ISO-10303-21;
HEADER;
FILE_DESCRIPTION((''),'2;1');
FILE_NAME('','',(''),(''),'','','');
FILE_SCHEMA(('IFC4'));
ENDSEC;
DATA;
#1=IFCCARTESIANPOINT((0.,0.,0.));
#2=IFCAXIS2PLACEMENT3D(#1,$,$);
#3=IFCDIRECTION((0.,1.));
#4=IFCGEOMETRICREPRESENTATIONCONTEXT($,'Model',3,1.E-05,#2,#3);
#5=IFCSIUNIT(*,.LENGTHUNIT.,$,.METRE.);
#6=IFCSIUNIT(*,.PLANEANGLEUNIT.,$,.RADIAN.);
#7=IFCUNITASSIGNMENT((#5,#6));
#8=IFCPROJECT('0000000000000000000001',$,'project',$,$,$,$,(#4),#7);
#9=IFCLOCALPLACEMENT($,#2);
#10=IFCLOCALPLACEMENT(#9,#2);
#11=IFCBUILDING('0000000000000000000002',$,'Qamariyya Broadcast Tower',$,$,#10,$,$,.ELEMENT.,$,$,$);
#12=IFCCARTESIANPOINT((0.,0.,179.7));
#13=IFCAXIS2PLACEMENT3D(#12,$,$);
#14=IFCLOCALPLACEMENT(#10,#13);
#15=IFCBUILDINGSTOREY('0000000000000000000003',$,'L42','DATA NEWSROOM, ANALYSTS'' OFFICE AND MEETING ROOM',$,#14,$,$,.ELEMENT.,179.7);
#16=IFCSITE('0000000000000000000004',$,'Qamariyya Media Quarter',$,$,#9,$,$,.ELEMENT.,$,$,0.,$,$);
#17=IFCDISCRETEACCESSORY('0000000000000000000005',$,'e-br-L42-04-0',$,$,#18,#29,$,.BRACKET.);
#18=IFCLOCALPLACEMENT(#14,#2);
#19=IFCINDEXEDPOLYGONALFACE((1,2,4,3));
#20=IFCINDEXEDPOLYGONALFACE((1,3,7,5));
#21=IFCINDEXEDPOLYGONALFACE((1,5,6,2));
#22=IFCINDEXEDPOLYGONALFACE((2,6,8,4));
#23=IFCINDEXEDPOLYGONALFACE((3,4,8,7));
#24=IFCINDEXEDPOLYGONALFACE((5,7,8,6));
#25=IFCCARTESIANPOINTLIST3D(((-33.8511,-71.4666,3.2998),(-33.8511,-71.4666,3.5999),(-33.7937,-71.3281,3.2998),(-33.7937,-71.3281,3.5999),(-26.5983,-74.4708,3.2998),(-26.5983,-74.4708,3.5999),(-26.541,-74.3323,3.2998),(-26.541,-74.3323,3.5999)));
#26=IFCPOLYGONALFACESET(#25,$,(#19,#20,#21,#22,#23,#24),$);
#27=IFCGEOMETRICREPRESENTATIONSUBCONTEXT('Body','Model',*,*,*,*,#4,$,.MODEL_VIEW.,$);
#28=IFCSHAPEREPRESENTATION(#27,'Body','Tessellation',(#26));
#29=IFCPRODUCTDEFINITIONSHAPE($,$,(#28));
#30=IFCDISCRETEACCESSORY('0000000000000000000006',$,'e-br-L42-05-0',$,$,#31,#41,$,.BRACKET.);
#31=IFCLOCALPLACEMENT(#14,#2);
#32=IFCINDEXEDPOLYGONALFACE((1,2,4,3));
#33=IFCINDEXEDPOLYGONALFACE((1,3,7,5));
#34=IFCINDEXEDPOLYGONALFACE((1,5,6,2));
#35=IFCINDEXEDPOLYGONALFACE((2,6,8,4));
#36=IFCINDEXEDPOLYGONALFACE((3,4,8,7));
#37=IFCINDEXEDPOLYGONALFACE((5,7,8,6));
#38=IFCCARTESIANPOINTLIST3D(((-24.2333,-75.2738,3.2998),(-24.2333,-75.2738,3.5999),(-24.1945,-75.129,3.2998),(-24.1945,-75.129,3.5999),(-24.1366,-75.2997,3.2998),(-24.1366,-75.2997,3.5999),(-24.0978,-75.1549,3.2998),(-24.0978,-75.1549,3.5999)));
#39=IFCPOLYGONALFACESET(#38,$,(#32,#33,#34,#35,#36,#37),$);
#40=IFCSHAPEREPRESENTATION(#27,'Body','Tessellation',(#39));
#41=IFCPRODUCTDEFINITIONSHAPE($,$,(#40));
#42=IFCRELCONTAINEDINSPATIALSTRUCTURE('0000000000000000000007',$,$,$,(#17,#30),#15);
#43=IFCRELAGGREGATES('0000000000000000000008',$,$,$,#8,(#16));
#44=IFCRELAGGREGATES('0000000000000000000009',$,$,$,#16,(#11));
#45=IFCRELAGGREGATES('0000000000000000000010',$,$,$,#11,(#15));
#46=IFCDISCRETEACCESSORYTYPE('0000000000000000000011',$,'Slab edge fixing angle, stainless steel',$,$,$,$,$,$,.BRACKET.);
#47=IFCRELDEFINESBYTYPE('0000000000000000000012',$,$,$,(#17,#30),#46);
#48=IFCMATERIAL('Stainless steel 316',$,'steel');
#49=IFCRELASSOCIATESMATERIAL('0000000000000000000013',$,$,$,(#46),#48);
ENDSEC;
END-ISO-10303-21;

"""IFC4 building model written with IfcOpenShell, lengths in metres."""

from ifc_helpers import new_model, si_unit, direction, frame, origin, origin_2d, place, context, subcontext, project, spatial, rectangle, extrude, material, type_object, element, save


model = new_model("IFC4")

# Units and contexts
model_context = context("Model", 3, precision=1e-05, world=origin(), true_north=direction((0.0, 1.0)))
body_context = subcontext(model_context, "Body", "Model", "MODEL_VIEW")
ifc_project = project(units=[si_unit("LENGTHUNIT", "METRE"), si_unit("PLANEANGLEUNIT", "RADIAN")], contexts=[model_context])

# Site, building, storey
site_placement = place(None, origin())
site = spatial("IfcSite", under=ifc_project, at=site_placement, Name="Qamariyya Media Quarter", CompositionType="ELEMENT", RefElevation=0.0)
building_placement = place(site_placement, origin())
building = spatial("IfcBuilding", under=site, at=building_placement, Name="Qamariyya Broadcast Tower", CompositionType="ELEMENT")
storey_placement = place(building_placement, frame((0.0, 0.0, 179.7)))
storey = spatial("IfcBuildingStorey", under=building, at=storey_placement, Name="L42", Description="DATA NEWSROOM, ANALYSTS' OFFICE AND MEETING ROOM", CompositionType="ELEMENT", Elevation=179.7)

# Discrete accessories
ifc_material_1 = material(Name="Stainless steel 316", Category="steel")
discrete_accessory_type = type_object("IfcDiscreteAccessoryType", Name="Slab edge fixing angle, stainless steel", PredefinedType="BRACKET", material=ifc_material_1)
discrete_accessory_1_placement = place(storey_placement, frame((-30.196, -72.8994, 3.2998), z_axis=(0.0, 0.0, 1.0), x_axis=(0.92388, -0.382683, 0.0)))
element("IfcDiscreteAccessory", 1, at=discrete_accessory_1_placement, inside=storey, type_object=discrete_accessory_type, Name="e-br-L42-04-0", PredefinedType="BRACKET", context=body_context, shape_type="SweptSolid", body=[
    extrude(rectangle(XDim=7.8503, YDim=0.1499, at=origin_2d()), origin(), (0.0, 0.0, 1.0), 0.3),
])
discrete_accessory_2_placement = place(storey_placement, frame((-24.1655, -75.2144, 3.2998), z_axis=(0.0, 0.0, 1.0), x_axis=(0.965926, -0.258819, 0.0)))
element("IfcDiscreteAccessory", 2, at=discrete_accessory_2_placement, inside=storey, type_object=discrete_accessory_type, Name="e-br-L42-05-0", PredefinedType="BRACKET", context=body_context, shape_type="SweptSolid", body=[
    extrude(rectangle(XDim=0.1001, YDim=0.1499, at=origin_2d()), origin(), (0.0, 0.0, 1.0), 0.3),
])

save(model, "model.ifc")
